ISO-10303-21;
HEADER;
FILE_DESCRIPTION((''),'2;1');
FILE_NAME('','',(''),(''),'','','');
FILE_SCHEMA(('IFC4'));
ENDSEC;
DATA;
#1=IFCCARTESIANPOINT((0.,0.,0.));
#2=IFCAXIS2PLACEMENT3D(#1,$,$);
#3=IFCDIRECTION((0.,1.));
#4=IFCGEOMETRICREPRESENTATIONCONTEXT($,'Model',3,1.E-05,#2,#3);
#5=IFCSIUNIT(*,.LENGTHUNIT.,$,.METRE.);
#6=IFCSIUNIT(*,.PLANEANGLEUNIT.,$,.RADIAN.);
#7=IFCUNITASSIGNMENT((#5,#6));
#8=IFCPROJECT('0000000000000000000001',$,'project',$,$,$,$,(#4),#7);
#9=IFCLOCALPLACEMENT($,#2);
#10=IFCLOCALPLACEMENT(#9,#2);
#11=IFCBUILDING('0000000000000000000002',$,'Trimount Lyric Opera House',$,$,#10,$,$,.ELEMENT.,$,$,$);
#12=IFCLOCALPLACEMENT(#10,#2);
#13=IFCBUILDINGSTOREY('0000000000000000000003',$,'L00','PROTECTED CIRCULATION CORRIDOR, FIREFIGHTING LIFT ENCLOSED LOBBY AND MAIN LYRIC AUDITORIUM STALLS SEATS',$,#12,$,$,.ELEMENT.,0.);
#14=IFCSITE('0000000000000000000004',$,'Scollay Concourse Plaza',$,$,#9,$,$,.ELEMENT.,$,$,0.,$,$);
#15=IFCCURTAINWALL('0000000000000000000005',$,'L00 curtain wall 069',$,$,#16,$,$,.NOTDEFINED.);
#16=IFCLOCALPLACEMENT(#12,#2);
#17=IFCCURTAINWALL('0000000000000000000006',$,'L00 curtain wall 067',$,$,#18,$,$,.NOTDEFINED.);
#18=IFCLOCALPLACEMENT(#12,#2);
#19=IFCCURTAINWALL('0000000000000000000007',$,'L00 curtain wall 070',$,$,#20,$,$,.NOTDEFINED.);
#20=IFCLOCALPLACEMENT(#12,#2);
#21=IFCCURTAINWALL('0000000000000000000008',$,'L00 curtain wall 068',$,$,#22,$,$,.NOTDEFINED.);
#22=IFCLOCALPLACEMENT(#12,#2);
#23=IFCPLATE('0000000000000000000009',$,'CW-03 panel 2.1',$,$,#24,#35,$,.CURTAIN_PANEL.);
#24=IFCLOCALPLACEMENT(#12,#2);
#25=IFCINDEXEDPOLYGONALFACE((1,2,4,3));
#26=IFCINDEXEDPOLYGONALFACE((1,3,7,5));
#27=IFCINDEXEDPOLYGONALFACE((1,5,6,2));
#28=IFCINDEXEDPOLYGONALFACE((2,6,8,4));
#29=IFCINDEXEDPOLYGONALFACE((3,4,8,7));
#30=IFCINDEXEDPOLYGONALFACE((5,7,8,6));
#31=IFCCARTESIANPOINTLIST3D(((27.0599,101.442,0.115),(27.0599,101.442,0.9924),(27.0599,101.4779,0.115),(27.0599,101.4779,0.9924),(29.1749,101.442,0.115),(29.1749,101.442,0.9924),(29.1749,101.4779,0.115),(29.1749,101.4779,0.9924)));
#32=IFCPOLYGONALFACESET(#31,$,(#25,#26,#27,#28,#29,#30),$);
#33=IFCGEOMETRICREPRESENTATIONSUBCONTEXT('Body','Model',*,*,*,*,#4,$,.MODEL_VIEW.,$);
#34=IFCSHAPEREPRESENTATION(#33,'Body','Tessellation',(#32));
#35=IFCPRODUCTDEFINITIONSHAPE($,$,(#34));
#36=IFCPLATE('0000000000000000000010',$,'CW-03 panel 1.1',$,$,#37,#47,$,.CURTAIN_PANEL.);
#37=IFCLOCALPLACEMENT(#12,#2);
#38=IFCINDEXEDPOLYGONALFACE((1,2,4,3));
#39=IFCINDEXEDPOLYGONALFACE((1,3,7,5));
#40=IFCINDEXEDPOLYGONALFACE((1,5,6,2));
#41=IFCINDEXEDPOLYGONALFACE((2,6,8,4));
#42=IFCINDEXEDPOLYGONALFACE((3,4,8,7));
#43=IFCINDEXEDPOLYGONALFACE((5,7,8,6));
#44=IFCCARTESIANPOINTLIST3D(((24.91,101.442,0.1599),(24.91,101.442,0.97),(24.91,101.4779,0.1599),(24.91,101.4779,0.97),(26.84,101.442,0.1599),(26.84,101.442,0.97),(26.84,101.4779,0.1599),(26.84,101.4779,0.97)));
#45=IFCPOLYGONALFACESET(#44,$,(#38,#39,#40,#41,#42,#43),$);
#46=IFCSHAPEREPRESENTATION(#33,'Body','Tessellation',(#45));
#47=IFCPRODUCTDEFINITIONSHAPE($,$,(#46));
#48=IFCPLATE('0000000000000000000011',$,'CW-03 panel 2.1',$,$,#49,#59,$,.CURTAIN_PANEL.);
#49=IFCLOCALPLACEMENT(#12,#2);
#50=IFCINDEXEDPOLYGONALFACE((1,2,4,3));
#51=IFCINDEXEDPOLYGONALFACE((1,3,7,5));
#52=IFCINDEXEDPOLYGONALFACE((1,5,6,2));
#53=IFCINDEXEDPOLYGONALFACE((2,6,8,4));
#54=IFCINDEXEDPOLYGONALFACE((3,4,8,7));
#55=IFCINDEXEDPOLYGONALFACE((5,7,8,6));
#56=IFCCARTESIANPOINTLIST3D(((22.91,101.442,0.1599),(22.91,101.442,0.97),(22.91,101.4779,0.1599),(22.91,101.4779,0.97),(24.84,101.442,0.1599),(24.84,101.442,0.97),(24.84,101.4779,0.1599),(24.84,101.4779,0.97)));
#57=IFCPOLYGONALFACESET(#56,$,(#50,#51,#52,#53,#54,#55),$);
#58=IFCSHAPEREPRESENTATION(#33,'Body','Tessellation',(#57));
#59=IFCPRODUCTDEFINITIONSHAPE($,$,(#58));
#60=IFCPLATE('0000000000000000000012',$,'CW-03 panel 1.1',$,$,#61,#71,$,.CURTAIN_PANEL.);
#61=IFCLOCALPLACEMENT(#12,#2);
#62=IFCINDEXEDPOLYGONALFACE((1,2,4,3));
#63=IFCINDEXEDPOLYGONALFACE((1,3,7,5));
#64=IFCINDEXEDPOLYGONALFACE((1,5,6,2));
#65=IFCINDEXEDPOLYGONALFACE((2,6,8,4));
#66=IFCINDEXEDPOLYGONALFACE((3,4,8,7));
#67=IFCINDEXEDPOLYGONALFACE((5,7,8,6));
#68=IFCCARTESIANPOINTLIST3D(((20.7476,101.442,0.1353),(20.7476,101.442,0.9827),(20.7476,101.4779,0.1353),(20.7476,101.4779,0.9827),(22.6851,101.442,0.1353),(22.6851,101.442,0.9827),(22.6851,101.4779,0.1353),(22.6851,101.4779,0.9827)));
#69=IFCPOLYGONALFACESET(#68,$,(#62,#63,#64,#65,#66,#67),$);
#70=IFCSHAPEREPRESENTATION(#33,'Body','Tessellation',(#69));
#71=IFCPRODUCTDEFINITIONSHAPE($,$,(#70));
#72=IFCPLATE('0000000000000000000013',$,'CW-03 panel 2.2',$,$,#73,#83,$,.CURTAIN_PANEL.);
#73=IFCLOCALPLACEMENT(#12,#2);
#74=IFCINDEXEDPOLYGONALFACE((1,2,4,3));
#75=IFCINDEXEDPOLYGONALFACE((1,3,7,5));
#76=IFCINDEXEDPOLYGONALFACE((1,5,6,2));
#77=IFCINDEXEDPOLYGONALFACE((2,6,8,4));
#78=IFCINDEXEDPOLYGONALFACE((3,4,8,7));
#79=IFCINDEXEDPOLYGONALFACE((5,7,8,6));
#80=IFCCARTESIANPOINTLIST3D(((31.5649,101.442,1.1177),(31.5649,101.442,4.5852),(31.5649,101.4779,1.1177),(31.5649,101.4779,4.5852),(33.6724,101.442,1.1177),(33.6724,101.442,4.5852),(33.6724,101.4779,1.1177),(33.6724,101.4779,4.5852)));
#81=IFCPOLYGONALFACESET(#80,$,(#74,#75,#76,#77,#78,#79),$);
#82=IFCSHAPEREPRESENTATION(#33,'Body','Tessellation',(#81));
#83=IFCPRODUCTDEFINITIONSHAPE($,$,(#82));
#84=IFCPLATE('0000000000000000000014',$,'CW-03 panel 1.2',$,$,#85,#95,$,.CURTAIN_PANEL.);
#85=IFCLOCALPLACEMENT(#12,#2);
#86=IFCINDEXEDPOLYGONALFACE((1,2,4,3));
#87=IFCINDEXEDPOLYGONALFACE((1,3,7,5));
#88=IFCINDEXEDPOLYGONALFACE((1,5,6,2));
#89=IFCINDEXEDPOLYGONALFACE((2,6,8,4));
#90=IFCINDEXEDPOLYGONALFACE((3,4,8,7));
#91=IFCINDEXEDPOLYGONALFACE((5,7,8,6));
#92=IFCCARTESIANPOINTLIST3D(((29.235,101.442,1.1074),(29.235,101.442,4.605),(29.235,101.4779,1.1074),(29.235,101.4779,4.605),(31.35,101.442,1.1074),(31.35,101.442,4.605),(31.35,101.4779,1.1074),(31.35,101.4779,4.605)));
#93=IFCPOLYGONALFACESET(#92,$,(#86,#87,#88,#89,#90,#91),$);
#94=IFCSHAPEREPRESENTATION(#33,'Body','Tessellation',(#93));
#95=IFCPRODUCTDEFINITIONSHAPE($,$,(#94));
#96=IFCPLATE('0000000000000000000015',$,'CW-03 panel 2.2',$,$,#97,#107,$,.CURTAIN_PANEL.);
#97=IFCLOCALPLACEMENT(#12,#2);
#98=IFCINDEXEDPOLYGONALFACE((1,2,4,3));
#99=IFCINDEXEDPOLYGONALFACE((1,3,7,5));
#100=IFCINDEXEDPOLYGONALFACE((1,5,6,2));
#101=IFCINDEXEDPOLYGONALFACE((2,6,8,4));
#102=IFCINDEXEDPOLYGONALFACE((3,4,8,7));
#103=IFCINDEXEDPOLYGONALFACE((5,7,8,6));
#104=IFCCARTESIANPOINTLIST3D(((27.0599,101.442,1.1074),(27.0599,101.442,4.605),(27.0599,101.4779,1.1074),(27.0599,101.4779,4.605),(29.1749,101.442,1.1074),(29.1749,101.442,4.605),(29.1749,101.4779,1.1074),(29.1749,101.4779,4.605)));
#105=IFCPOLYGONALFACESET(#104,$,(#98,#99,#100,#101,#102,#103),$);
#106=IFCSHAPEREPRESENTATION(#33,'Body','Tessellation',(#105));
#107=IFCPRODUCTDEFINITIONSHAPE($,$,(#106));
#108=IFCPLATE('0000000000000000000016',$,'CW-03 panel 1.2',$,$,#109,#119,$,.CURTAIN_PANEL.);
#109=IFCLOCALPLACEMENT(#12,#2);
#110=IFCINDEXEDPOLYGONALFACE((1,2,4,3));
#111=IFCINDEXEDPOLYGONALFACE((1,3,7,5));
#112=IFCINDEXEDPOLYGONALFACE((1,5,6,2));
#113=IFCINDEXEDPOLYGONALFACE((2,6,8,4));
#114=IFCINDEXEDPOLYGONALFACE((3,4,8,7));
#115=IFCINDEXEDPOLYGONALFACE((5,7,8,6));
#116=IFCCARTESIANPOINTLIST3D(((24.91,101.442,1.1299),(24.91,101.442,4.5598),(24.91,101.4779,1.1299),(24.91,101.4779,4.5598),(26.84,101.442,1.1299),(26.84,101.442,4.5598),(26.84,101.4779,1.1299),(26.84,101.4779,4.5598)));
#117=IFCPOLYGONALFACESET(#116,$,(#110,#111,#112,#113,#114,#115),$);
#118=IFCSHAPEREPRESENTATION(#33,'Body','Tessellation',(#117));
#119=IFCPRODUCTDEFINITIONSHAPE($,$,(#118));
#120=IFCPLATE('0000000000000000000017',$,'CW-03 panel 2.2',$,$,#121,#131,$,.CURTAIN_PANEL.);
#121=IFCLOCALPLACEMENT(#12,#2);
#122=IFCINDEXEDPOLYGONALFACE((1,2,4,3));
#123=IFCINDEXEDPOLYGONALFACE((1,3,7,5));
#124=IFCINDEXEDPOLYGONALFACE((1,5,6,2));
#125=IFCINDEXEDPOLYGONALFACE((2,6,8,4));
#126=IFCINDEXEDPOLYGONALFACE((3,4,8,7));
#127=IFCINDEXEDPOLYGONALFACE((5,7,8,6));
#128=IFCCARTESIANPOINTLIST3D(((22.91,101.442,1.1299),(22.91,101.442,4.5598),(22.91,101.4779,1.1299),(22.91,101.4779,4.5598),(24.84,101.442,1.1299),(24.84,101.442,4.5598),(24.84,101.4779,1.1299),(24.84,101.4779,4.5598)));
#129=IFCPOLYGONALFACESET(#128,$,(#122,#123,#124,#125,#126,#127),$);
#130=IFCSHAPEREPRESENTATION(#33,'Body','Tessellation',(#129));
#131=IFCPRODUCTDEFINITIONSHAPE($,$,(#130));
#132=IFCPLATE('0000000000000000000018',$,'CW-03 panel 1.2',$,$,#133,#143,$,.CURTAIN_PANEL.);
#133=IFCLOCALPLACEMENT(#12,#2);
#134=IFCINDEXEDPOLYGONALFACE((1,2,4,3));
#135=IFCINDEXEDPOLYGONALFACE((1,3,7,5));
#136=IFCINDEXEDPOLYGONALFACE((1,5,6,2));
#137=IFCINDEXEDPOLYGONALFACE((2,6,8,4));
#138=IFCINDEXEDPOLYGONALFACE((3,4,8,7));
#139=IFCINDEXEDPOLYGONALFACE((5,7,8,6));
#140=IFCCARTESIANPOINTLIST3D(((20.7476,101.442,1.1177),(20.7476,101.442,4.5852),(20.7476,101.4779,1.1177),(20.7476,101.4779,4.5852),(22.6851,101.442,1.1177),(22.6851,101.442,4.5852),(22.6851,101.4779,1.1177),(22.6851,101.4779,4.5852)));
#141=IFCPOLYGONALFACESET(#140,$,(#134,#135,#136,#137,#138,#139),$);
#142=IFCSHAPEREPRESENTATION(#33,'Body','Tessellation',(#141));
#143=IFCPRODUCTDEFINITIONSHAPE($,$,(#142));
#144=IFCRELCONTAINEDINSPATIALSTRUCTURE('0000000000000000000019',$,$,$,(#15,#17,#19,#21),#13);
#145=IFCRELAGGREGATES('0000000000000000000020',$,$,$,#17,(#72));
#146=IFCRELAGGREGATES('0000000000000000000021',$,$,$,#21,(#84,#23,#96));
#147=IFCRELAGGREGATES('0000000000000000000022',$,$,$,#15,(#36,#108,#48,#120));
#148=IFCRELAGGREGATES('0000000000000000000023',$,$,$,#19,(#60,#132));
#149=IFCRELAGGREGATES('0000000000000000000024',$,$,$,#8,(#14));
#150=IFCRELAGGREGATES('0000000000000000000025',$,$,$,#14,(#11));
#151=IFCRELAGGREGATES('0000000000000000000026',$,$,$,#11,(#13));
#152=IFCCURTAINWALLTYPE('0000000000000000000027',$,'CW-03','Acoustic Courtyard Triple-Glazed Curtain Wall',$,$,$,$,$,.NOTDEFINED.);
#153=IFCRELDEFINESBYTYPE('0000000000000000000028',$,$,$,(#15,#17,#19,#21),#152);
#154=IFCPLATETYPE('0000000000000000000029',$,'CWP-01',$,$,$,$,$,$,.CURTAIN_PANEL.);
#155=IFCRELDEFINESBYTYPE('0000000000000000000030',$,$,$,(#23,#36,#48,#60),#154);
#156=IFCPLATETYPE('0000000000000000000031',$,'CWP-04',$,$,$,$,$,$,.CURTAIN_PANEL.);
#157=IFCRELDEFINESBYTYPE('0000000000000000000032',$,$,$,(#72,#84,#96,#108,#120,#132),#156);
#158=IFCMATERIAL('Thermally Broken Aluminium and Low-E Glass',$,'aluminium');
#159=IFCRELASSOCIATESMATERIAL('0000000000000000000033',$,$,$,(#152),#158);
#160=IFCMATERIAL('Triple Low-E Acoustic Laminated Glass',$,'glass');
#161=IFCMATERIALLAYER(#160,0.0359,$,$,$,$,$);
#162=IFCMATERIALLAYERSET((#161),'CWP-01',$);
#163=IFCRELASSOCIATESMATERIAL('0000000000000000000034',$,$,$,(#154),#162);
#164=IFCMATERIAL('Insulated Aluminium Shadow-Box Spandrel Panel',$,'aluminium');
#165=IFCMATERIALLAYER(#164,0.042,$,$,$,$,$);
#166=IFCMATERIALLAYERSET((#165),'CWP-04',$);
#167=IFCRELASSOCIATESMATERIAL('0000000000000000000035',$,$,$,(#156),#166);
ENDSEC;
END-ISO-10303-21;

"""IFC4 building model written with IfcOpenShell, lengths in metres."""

from ifc_helpers import new_model, si_unit, direction, frame, origin, origin_2d, place, context, subcontext, project, spatial, rectangle, extrude, material, layer, layer_set, type_object, element, aggregate, save


model = new_model("IFC4")

# Units and contexts
model_context = context("Model", 3, precision=1e-05, world=origin(), true_north=direction((0.0, 1.0)))
body_context = subcontext(model_context, "Body", "Model", "MODEL_VIEW")
ifc_project = project(units=[si_unit("LENGTHUNIT", "METRE"), si_unit("PLANEANGLEUNIT", "RADIAN")], contexts=[model_context])

# Site, building, storey
site_placement = place(None, origin())
site = spatial("IfcSite", under=ifc_project, at=site_placement, Name="Scollay Concourse Plaza", CompositionType="ELEMENT", RefElevation=0.0)
building_placement = place(site_placement, origin())
building = spatial("IfcBuilding", under=site, at=building_placement, Name="Trimount Lyric Opera House", CompositionType="ELEMENT")
storey_placement = place(building_placement, origin())
storey = spatial("IfcBuildingStorey", under=building, at=storey_placement, Name="L00", Description="PROTECTED CIRCULATION CORRIDOR, FIREFIGHTING LIFT ENCLOSED LOBBY AND MAIN LYRIC AUDITORIUM STALLS SEATS", CompositionType="ELEMENT", Elevation=0.0)

# Curtain wall
ifc_material_1 = material(Name="Thermally Broken Aluminium and Low-E Glass", Category="aluminium")
curtain_wall_type = type_object("IfcCurtainWallType", Name="CW-03", Description="Acoustic Courtyard Triple-Glazed Curtain Wall", PredefinedType="NOTDEFINED", material=ifc_material_1)
curtain_wall_1_placement = place(storey_placement, origin())
curtain_wall_1 = element("IfcCurtainWall", 1, at=curtain_wall_1_placement, inside=storey, type_object=curtain_wall_type, Name="L00 curtain wall 069", PredefinedType="NOTDEFINED")

# Curtain wall
curtain_wall_2_placement = place(storey_placement, origin())
curtain_wall_2 = element("IfcCurtainWall", 2, at=curtain_wall_2_placement, inside=storey, type_object=curtain_wall_type, Name="L00 curtain wall 067", PredefinedType="NOTDEFINED")

# Curtain walls
curtain_wall_3_placement = place(storey_placement, origin())
curtain_wall_3 = element("IfcCurtainWall", 3, at=curtain_wall_3_placement, inside=storey, type_object=curtain_wall_type, Name="L00 curtain wall 070", PredefinedType="NOTDEFINED")
curtain_wall_4_placement = place(storey_placement, origin())
curtain_wall_4 = element("IfcCurtainWall", 4, at=curtain_wall_4_placement, inside=storey, type_object=curtain_wall_type, Name="L00 curtain wall 068", PredefinedType="NOTDEFINED")

# Plates
ifc_material_2 = material(Name="Triple Low-E Acoustic Laminated Glass", Category="glass")
ifc_layer_1 = layer(ifc_material_2, 0.0359)
ifc_layer_set_1 = layer_set([ifc_layer_1], Name="CWP-01")
plate_type_1 = type_object("IfcPlateType", Name="CWP-01", PredefinedType="CURTAIN_PANEL", material=ifc_layer_set_1)
plate_1_placement = place(storey_placement, frame((28.1174, 101.46, 0.115), z_axis=(0.0, 0.0, 1.0), x_axis=(-1.0, 0.0, 0.0)))
plate_1 = element("IfcPlate", 5, at=plate_1_placement, type_object=plate_type_1, Name="CW-03 panel 2.1", PredefinedType="CURTAIN_PANEL", context=body_context, shape_type="SweptSolid", body=[
    extrude(rectangle(XDim=2.115, YDim=0.0359, at=origin_2d()), origin(), (0.0, 0.0, 1.0), 0.8774),
])
plate_2_placement = place(storey_placement, frame((25.875, 101.46, 0.1599), z_axis=(0.0, 0.0, 1.0), x_axis=(-1.0, 0.0, 0.0)))
plate_2 = element("IfcPlate", 6, at=plate_2_placement, type_object=plate_type_1, Name="CW-03 panel 1.1", PredefinedType="CURTAIN_PANEL", context=body_context, shape_type="SweptSolid", body=[
    extrude(rectangle(XDim=1.9299, YDim=0.0359, at=origin_2d()), origin(), (0.0, 0.0, 1.0), 0.8101),
])
plate_3_placement = place(storey_placement, frame((23.875, 101.46, 0.1599), z_axis=(0.0, 0.0, 1.0), x_axis=(-1.0, 0.0, 0.0)))
plate_3 = element("IfcPlate", 7, at=plate_3_placement, type_object=plate_type_1, Name="CW-03 panel 2.1", PredefinedType="CURTAIN_PANEL", context=body_context, shape_type="SweptSolid", body=[
    extrude(rectangle(XDim=1.9299, YDim=0.0359, at=origin_2d()), origin(), (0.0, 0.0, 1.0), 0.8101),
])
plate_4_placement = place(storey_placement, frame((21.7163, 101.46, 0.1353), z_axis=(0.0, 0.0, 1.0), x_axis=(-1.0, 0.0, 0.0)))
plate_4 = element("IfcPlate", 8, at=plate_4_placement, type_object=plate_type_1, Name="CW-03 panel 1.1", PredefinedType="CURTAIN_PANEL", context=body_context, shape_type="SweptSolid", body=[
    extrude(rectangle(XDim=1.9375, YDim=0.0359, at=origin_2d()), origin(), (0.0, 0.0, 1.0), 0.8474),
])
ifc_material_3 = material(Name="Insulated Aluminium Shadow-Box Spandrel Panel", Category="aluminium")
ifc_layer_2 = layer(ifc_material_3, 0.042)
ifc_layer_set_2 = layer_set([ifc_layer_2], Name="CWP-04")
plate_type_2 = type_object("IfcPlateType", Name="CWP-04", PredefinedType="CURTAIN_PANEL", material=ifc_layer_set_2)
plate_5_placement = place(storey_placement, frame((32.6187, 101.46, 1.1177), z_axis=(0.0, 0.0, 1.0), x_axis=(-1.0, 0.0, 0.0)))
plate_5 = element("IfcPlate", 9, at=plate_5_placement, type_object=plate_type_2, Name="CW-03 panel 2.2", PredefinedType="CURTAIN_PANEL", context=body_context, shape_type="SweptSolid", body=[
    extrude(rectangle(XDim=2.1074, YDim=0.0359, at=origin_2d()), origin(), (0.0, 0.0, 1.0), 3.4675),
])
aggregate(curtain_wall_2, [plate_5])
plate_6_placement = place(storey_placement, frame((30.2925, 101.46, 1.1074), z_axis=(0.0, 0.0, 1.0), x_axis=(-1.0, 0.0, 0.0)))
plate_6 = element("IfcPlate", 10, at=plate_6_placement, type_object=plate_type_2, Name="CW-03 panel 1.2", PredefinedType="CURTAIN_PANEL", context=body_context, shape_type="SweptSolid", body=[
    extrude(rectangle(XDim=2.115, YDim=0.0359, at=origin_2d()), origin(), (0.0, 0.0, 1.0), 3.4976),
])
plate_7_placement = place(storey_placement, frame((28.1174, 101.46, 1.1074), z_axis=(0.0, 0.0, 1.0), x_axis=(-1.0, 0.0, 0.0)))
plate_7 = element("IfcPlate", 11, at=plate_7_placement, type_object=plate_type_2, Name="CW-03 panel 2.2", PredefinedType="CURTAIN_PANEL", context=body_context, shape_type="SweptSolid", body=[
    extrude(rectangle(XDim=2.115, YDim=0.0359, at=origin_2d()), origin(), (0.0, 0.0, 1.0), 3.4976),
])
aggregate(curtain_wall_4, [plate_6, plate_1, plate_7])
plate_8_placement = place(storey_placement, frame((25.875, 101.46, 1.1299), z_axis=(0.0, 0.0, 1.0), x_axis=(-1.0, 0.0, 0.0)))
plate_8 = element("IfcPlate", 12, at=plate_8_placement, type_object=plate_type_2, Name="CW-03 panel 1.2", PredefinedType="CURTAIN_PANEL", context=body_context, shape_type="SweptSolid", body=[
    extrude(rectangle(XDim=1.9299, YDim=0.0359, at=origin_2d()), origin(), (0.0, 0.0, 1.0), 3.4299),
])
plate_9_placement = place(storey_placement, frame((23.875, 101.46, 1.1299), z_axis=(0.0, 0.0, 1.0), x_axis=(-1.0, 0.0, 0.0)))
plate_9 = element("IfcPlate", 13, at=plate_9_placement, type_object=plate_type_2, Name="CW-03 panel 2.2", PredefinedType="CURTAIN_PANEL", context=body_context, shape_type="SweptSolid", body=[
    extrude(rectangle(XDim=1.9299, YDim=0.0359, at=origin_2d()), origin(), (0.0, 0.0, 1.0), 3.4299),
])
aggregate(curtain_wall_1, [plate_2, plate_8, plate_3, plate_9])
plate_10_placement = place(storey_placement, frame((21.7163, 101.46, 1.1177), z_axis=(0.0, 0.0, 1.0), x_axis=(-1.0, 0.0, 0.0)))
plate_10 = element("IfcPlate", 14, at=plate_10_placement, type_object=plate_type_2, Name="CW-03 panel 1.2", PredefinedType="CURTAIN_PANEL", context=body_context, shape_type="SweptSolid", body=[
    extrude(rectangle(XDim=1.9375, YDim=0.0359, at=origin_2d()), origin(), (0.0, 0.0, 1.0), 3.4675),
])
aggregate(curtain_wall_3, [plate_4, plate_10])

save(model, "model.ifc")
